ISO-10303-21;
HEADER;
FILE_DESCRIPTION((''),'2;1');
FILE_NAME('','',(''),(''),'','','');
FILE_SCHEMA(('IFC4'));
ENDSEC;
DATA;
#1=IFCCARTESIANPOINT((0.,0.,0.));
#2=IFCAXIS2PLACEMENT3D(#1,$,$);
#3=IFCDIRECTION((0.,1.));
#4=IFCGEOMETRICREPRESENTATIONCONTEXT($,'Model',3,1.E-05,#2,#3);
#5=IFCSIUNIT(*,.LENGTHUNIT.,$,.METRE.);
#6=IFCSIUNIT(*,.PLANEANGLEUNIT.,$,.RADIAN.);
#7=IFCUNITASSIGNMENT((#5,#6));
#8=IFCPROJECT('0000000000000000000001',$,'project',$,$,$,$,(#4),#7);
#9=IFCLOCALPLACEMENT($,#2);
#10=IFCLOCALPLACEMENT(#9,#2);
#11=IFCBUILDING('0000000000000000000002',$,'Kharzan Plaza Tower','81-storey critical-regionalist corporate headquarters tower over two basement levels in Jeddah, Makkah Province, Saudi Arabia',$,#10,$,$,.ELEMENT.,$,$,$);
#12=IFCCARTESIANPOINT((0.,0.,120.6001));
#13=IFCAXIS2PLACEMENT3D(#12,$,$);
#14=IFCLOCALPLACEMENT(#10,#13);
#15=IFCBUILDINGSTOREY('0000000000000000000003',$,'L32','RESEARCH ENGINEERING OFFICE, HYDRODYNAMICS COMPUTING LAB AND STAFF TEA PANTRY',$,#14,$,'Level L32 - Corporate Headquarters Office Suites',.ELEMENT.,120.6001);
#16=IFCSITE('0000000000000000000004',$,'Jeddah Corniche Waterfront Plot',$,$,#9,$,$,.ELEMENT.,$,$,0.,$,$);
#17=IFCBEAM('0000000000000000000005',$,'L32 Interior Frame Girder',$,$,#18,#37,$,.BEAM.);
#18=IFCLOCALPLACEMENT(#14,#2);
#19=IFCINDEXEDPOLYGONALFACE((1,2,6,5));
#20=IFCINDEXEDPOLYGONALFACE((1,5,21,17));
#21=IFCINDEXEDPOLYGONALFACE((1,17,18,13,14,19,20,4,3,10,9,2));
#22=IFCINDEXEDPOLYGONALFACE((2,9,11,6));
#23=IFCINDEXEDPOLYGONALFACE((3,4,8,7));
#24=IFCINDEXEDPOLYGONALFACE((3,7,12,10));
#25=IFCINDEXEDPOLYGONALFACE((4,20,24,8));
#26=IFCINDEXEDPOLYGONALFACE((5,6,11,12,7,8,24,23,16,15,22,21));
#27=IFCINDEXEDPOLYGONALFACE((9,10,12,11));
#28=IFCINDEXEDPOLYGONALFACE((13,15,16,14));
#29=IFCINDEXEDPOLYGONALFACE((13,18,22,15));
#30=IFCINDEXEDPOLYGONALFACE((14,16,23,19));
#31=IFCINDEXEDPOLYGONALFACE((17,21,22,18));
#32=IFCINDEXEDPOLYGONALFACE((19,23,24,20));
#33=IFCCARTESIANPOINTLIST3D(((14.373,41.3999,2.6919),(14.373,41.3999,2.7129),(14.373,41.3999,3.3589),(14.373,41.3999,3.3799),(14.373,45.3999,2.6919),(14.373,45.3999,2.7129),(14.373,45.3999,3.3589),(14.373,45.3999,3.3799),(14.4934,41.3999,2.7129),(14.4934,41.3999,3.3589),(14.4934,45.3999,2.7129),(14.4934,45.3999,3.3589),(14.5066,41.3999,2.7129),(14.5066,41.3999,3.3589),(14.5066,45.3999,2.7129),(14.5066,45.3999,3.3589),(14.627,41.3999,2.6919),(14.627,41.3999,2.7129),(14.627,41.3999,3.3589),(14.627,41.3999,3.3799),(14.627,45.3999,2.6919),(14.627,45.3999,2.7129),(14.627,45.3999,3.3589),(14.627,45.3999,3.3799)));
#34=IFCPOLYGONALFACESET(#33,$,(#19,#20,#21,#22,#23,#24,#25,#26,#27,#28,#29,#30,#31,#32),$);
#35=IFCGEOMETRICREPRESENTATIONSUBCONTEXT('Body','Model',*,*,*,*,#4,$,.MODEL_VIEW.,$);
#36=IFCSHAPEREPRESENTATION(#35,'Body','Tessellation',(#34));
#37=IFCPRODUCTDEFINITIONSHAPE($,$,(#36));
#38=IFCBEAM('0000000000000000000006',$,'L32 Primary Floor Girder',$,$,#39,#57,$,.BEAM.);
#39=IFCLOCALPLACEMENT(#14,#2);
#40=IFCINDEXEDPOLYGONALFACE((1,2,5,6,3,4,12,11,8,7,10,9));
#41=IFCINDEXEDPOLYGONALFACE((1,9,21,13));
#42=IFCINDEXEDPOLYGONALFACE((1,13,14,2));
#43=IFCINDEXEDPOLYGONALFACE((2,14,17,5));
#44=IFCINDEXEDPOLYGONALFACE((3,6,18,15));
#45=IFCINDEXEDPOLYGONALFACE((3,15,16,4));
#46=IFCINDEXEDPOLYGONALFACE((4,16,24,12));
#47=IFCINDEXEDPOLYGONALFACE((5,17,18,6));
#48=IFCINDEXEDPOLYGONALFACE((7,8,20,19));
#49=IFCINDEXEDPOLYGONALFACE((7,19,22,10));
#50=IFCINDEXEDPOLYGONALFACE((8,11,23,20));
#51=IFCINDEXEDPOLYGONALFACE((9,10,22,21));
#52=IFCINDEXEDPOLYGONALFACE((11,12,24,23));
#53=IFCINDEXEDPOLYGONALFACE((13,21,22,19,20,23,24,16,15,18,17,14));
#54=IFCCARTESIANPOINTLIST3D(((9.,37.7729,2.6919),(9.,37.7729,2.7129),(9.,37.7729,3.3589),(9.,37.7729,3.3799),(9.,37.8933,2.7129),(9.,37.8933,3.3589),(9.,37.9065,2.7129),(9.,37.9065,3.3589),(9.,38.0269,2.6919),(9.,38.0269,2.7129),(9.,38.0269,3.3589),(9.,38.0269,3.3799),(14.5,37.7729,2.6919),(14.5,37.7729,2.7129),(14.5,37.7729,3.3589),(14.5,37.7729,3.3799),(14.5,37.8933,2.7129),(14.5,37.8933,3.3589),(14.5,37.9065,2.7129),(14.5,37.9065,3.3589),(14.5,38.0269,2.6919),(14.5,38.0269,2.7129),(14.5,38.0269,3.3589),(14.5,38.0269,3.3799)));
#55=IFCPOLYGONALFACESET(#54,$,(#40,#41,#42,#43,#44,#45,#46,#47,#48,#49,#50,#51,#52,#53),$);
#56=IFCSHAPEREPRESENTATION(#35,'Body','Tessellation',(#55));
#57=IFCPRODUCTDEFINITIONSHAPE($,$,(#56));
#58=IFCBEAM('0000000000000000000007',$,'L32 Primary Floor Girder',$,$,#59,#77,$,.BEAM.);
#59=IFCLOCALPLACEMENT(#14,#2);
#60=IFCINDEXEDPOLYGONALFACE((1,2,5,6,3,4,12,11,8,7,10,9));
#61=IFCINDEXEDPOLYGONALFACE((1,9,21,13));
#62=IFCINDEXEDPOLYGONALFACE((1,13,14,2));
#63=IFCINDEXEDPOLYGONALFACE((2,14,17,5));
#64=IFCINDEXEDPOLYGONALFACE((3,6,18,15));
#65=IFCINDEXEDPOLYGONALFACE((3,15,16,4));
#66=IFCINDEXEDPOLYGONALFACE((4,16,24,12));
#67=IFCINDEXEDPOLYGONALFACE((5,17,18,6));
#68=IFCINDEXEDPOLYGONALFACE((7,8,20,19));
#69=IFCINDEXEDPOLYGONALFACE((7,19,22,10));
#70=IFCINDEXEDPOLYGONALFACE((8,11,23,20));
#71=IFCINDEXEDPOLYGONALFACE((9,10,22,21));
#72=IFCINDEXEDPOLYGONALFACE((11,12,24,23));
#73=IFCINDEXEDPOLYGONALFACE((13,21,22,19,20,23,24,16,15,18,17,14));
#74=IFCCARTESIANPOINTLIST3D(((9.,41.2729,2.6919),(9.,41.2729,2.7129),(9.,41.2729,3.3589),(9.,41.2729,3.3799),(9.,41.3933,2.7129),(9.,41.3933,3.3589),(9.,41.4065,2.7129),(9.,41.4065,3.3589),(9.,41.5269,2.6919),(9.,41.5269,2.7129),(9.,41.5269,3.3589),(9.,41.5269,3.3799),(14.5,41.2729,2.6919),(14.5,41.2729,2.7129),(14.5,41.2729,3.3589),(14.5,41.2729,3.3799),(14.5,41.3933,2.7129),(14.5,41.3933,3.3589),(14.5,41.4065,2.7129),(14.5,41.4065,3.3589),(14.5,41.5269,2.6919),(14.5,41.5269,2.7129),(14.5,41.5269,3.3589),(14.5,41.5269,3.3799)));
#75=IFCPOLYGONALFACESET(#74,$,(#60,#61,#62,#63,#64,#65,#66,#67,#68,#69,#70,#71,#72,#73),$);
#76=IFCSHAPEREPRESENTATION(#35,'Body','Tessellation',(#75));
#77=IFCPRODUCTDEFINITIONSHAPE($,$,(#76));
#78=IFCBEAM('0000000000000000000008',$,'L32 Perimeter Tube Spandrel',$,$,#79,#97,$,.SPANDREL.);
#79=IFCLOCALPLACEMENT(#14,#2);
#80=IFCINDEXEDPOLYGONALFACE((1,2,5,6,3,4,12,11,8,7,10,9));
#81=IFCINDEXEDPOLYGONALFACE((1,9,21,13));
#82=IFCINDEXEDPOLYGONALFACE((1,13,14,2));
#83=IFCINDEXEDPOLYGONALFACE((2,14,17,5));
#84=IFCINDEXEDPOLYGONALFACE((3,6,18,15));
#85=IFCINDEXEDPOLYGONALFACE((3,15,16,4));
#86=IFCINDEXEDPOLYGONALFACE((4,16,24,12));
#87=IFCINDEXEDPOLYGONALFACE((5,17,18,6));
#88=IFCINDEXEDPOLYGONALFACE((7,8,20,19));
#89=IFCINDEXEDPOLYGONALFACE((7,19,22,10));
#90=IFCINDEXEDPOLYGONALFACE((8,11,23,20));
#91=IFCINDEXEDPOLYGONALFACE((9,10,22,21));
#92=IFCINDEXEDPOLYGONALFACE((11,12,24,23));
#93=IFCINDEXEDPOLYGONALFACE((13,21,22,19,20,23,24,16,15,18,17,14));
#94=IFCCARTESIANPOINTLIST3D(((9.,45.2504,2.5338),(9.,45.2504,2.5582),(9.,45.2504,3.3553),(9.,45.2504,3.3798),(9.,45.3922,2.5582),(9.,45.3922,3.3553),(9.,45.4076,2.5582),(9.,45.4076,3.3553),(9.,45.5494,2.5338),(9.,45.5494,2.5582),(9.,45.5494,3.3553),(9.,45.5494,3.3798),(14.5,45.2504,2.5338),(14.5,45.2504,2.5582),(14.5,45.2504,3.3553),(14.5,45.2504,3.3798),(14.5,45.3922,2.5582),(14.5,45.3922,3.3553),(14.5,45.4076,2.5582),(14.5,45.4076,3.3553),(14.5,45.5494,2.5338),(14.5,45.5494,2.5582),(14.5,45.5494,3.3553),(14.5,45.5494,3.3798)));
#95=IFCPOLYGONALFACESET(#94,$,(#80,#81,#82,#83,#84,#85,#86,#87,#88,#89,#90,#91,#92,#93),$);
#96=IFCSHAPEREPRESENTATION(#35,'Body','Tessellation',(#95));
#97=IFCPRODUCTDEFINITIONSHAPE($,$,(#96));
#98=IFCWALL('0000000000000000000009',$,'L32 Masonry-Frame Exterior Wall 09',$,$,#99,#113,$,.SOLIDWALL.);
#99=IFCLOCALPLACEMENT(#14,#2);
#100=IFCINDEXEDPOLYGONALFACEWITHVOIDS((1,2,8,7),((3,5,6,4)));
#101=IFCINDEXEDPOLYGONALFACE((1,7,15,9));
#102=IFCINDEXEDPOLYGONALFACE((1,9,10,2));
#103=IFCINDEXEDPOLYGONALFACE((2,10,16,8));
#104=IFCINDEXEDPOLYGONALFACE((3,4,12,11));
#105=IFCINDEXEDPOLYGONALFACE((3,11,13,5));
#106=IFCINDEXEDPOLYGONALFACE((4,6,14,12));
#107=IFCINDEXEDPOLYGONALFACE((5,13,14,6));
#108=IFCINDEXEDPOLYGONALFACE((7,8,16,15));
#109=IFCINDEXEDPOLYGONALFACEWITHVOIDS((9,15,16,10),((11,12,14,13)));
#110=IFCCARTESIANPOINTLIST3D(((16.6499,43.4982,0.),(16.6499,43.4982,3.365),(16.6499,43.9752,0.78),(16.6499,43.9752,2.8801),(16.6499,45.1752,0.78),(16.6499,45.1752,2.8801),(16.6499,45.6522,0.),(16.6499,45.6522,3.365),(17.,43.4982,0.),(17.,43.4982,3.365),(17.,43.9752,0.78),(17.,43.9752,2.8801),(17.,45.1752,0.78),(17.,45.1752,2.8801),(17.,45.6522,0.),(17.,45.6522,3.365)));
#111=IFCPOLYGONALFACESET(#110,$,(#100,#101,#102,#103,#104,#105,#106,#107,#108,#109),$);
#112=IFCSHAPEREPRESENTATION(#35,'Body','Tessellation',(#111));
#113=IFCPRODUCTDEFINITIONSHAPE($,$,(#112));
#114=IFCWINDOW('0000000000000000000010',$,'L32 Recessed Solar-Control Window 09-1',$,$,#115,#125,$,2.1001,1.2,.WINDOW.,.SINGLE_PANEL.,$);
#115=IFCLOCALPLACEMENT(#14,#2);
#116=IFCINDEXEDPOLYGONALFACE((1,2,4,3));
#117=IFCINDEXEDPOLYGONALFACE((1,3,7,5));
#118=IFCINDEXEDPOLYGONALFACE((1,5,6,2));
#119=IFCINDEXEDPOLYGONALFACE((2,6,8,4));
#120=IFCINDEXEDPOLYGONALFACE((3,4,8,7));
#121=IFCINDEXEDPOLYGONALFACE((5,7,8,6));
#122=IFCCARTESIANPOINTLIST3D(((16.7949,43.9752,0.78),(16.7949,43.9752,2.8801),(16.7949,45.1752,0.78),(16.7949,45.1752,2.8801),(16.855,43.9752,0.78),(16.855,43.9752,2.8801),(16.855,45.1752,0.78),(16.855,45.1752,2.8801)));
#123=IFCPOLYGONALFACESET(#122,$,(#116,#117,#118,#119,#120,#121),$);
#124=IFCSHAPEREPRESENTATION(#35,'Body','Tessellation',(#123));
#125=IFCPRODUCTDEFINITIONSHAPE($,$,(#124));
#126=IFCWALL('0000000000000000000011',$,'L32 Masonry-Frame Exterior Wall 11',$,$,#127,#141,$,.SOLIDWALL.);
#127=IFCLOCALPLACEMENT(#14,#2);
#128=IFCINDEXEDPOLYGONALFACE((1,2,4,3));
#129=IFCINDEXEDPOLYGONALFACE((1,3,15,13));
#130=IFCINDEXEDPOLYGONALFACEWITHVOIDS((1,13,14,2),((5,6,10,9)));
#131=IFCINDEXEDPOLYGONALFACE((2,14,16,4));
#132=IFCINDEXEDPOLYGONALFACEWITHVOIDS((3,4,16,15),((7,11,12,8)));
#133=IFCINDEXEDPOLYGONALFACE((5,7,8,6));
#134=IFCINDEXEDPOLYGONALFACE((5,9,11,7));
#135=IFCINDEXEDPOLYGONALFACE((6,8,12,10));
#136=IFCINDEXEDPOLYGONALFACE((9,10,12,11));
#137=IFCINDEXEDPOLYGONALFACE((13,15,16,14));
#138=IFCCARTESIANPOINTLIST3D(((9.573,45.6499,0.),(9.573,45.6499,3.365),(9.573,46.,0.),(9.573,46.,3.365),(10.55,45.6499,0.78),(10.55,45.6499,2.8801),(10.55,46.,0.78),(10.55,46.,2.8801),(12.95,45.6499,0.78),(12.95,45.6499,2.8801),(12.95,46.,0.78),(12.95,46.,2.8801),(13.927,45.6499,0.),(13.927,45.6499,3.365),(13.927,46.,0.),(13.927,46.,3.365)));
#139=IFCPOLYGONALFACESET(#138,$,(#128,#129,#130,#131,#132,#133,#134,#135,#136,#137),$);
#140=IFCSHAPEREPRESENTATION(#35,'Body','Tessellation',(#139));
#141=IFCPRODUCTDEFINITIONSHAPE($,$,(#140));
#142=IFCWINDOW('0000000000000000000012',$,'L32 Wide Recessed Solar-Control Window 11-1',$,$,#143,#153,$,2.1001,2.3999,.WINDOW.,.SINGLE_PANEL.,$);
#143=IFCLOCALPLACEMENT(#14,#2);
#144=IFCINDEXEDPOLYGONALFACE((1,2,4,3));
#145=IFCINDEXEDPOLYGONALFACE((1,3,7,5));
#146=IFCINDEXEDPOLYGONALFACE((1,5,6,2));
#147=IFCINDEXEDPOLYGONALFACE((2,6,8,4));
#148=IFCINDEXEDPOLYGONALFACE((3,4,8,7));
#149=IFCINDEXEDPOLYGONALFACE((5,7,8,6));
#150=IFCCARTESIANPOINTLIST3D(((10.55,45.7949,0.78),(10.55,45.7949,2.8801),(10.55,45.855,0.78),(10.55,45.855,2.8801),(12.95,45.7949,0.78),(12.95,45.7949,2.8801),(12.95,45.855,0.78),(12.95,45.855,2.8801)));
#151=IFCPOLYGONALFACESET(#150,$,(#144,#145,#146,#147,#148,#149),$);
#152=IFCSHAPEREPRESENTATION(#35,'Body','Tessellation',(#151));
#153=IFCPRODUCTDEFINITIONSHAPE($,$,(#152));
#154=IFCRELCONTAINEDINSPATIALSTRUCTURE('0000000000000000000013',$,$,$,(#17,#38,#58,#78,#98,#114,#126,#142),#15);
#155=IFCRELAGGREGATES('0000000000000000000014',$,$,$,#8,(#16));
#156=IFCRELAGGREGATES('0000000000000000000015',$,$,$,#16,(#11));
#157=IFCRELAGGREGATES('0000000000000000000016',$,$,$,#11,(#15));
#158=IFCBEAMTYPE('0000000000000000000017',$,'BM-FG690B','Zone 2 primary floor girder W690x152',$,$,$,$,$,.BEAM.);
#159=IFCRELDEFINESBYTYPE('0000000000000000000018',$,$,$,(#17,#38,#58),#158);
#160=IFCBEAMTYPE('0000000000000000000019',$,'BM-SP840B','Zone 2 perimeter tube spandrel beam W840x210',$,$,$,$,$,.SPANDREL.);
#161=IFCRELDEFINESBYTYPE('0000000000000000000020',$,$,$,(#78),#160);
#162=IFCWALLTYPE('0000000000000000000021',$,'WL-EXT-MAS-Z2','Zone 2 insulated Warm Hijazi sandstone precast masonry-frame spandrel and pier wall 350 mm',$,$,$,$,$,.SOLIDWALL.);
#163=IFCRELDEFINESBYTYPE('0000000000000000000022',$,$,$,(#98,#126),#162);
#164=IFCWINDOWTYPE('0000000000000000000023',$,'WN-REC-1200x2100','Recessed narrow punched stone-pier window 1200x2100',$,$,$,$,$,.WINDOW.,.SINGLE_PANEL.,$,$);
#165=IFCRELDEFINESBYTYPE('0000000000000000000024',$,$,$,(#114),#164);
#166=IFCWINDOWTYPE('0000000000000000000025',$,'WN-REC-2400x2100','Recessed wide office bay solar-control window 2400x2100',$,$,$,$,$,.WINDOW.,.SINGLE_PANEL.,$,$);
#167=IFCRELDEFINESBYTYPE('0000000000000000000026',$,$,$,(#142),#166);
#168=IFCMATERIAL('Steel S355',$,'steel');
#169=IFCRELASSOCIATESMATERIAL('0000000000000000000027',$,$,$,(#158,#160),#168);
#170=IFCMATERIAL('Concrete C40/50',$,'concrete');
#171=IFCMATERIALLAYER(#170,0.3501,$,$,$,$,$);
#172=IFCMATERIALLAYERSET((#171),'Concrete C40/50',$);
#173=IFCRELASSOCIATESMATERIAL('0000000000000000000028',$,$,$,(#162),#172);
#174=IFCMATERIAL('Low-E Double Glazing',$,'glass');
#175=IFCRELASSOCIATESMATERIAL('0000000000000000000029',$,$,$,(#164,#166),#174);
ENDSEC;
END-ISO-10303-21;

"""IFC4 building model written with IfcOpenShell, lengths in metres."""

from ifc_helpers import new_model, si_unit, direction, frame, frame_2d, origin, origin_2d, place, context, subcontext, project, spatial, rectangle, i_section, extrude, source, transform, mapped, material, layer, layer_set, material_profile, profile_set, type_object, element, fill, save


model = new_model("IFC4")

# Units and contexts
model_context = context("Model", 3, precision=1e-05, world=origin(), true_north=direction((0.0, 1.0)))
body_context = subcontext(model_context, "Body", "Model", "MODEL_VIEW")
ifc_project = project(units=[si_unit("LENGTHUNIT", "METRE"), si_unit("PLANEANGLEUNIT", "RADIAN")], contexts=[model_context])

# Site, building, storey
site_placement = place(None, origin())
site = spatial("IfcSite", under=ifc_project, at=site_placement, Name="Jeddah Corniche Waterfront Plot", CompositionType="ELEMENT", RefElevation=0.0)
building_placement = place(site_placement, origin())
building = spatial("IfcBuilding", under=site, at=building_placement, Name="Kharzan Plaza Tower", Description="81-storey critical-regionalist corporate headquarters tower over two basement levels in Jeddah, Makkah Province, Saudi Arabia", CompositionType="ELEMENT")
storey_placement = place(building_placement, frame((0.0, 0.0, 120.6001)))
storey = spatial("IfcBuildingStorey", under=building, at=storey_placement, Name="L32", Description="RESEARCH ENGINEERING OFFICE, HYDRODYNAMICS COMPUTING LAB AND STAFF TEA PANTRY", LongName="Level L32 - Corporate Headquarters Office Suites", CompositionType="ELEMENT", Elevation=120.6001)

# Beams
ifc_material_1 = material(Name="Steel S355", Category="steel")
ifc_material_profile_1 = material_profile(ifc_material_1, i_section(OverallWidth=0.2539, OverallDepth=0.688, WebThickness=0.0132, FlangeThickness=0.021, at=origin_2d()), Name="W690x152")
ifc_profile_set_1 = profile_set([ifc_material_profile_1], Name="Steel S355")
beam_type_1 = type_object("IfcBeamType", Name="BM-FG690B", Description="Zone 2 primary floor girder W690x152", PredefinedType="BEAM", material=ifc_profile_set_1)
shared_shape_1 = source(origin(), body_context, "Body", "SweptSolid", [
    extrude(i_section(OverallWidth=0.2539, OverallDepth=0.688, WebThickness=0.0132, FlangeThickness=0.021, at=origin_2d()), origin(), (0.0, 0.0, 1.0), 4.0),
])
for number, where, z_axis, x_axis, name in (
    (1, (14.5, 41.3999, 3.0359), (0.0, 1.0, 0.0), (-1.0, 0.0, 0.0), "L32 Interior Frame Girder"),
):
    element("IfcBeam", number, at=place(storey_placement, frame(where, z_axis=z_axis, x_axis=x_axis)), inside=storey, type_object=beam_type_1, Name=name, PredefinedType="BEAM", context=body_context, shape_type="MappedRepresentation", body=[
        mapped(shared_shape_1, transform((0.0, 0.0, 0.0), x_axis=(1.0, 0.0, 0.0), y_axis=(0.0, 1.0, 0.0), z_axis=(0.0, 0.0, 1.0))),
    ])
shared_shape_2 = source(origin(), body_context, "Body", "SweptSolid", [
    extrude(i_section(OverallWidth=0.2539, OverallDepth=0.688, WebThickness=0.0132, FlangeThickness=0.021, at=origin_2d()), origin(), (0.0, 0.0, 1.0), 5.5),
])
for number, where, z_axis, x_axis, name in (
    (2, (9.0, 37.8999, 3.0359), (1.0, 0.0, 0.0), (0.0, 1.0, 0.0), "L32 Primary Floor Girder"),
    (3, (9.0, 41.3999, 3.0359), (1.0, 0.0, 0.0), (0.0, 1.0, 0.0), "L32 Primary Floor Girder"),
):
    element("IfcBeam", number, at=place(storey_placement, frame(where, z_axis=z_axis, x_axis=x_axis)), inside=storey, type_object=beam_type_1, Name=name, PredefinedType="BEAM", context=body_context, shape_type="MappedRepresentation", body=[
        mapped(shared_shape_2, transform((0.0, 0.0, 0.0), x_axis=(1.0, 0.0, 0.0), y_axis=(0.0, 1.0, 0.0), z_axis=(0.0, 0.0, 1.0))),
    ])
ifc_material_profile_2 = material_profile(ifc_material_1, i_section(OverallWidth=0.2991, OverallDepth=0.8459, WebThickness=0.0154, FlangeThickness=0.0244, at=origin_2d()), Name="W840x210")
ifc_profile_set_2 = profile_set([ifc_material_profile_2], Name="Steel S355")
beam_type_2 = type_object("IfcBeamType", Name="BM-SP840B", Description="Zone 2 perimeter tube spandrel beam W840x210", PredefinedType="SPANDREL", material=ifc_profile_set_2)
shared_shape_3 = source(origin(), body_context, "Body", "SweptSolid", [
    extrude(i_section(OverallWidth=0.2991, OverallDepth=0.8459, WebThickness=0.0154, FlangeThickness=0.0244, at=origin_2d()), origin(), (0.0, 0.0, 1.0), 5.5),
])
beam_placement = place(storey_placement, frame((9.0, 45.3999, 2.9568), z_axis=(1.0, 0.0, 0.0), x_axis=(0.0, 1.0, 0.0)))
element("IfcBeam", 4, at=beam_placement, inside=storey, type_object=beam_type_2, Name="L32 Perimeter Tube Spandrel", PredefinedType="SPANDREL", context=body_context, shape_type="MappedRepresentation", body=[
    mapped(shared_shape_3, transform((0.0, 0.0, 0.0), x_axis=(1.0, 0.0, 0.0), y_axis=(0.0, 1.0, 0.0), z_axis=(0.0, 0.0, 1.0))),
])

# Walls, openings, windows
ifc_material_2 = material(Name="Concrete C40/50", Category="concrete")
ifc_layer_1 = layer(ifc_material_2, 0.3501)
ifc_layer_set_1 = layer_set([ifc_layer_1], Name="Concrete C40/50")
wall_type_1 = type_object("IfcWallType", Name="WL-EXT-MAS-Z2", Description="Zone 2 insulated Warm Hijazi sandstone precast masonry-frame spandrel and pier wall 350 mm", PredefinedType="SOLIDWALL", material=ifc_layer_set_1)
wall_1_placement = place(storey_placement, frame((16.825, 43.498, 0.0), z_axis=(0.0, 0.0, 1.0), x_axis=(0.0, 1.0, 0.0)))
wall_1 = element("IfcWall", 5, at=wall_1_placement, inside=storey, type_object=wall_type_1, Name="L32 Masonry-Frame Exterior Wall 09", PredefinedType="SOLIDWALL", context=body_context, shape_type="SweptSolid", body=[
    extrude(rectangle(XDim=2.1541, YDim=0.3501, at=frame_2d((1.0771, 0.0))), origin(), (0.0, 0.0, 1.0), 3.365),
])
opening_1_placement = place(wall_1_placement, frame((0.4771, 0.0, 0.78)))
opening_1 = element("IfcOpeningElement", 6, at=opening_1_placement, cuts=wall_1, PredefinedType="OPENING", context=body_context, shape_type="SweptSolid", body=[
    extrude(rectangle(XDim=1.2, YDim=2.1001, at=frame_2d((0.6001, 1.05))), frame((0.0, 0.1851, 0.0), z_axis=(0.0, -1.0, 0.0), x_axis=(1.0, 0.0, 0.0)), (0.0, 0.0, 1.0), 0.3701),
])
ifc_material_3 = material(Name="Low-E Double Glazing", Category="glass")
window_type_1 = type_object("IfcWindowType", Name="WN-REC-1200x2100", Description="Recessed narrow punched stone-pier window 1200x2100", PartitioningType="SINGLE_PANEL", PredefinedType="WINDOW", material=ifc_material_3)
shared_shape_4 = source(origin(), body_context, "Body", "SweptSolid", [
    extrude(rectangle(XDim=1.2, YDim=2.1001, at=frame_2d((0.6001, 1.05))), frame((0.0, 0.03, 0.0), z_axis=(0.0, -1.0, 0.0), x_axis=(1.0, 0.0, 0.0)), (0.0, 0.0, 1.0), 0.0601),
])
window_1_placement = place(opening_1_placement, origin())
window_1 = element("IfcWindow", 7, at=window_1_placement, inside=storey, type_object=window_type_1, Name="L32 Recessed Solar-Control Window 09-1", OverallHeight=2.1001, OverallWidth=1.2, PartitioningType="SINGLE_PANEL", PredefinedType="WINDOW", context=body_context, shape_type="MappedRepresentation", body=[
    mapped(shared_shape_4, transform((0.0, 0.0, 0.0), x_axis=(1.0, 0.0, 0.0), y_axis=(0.0, 1.0, 0.0), z_axis=(0.0, 0.0, 1.0))),
])
fill(opening_1, window_1)
wall_2_placement = place(storey_placement, frame((13.927, 45.825, 0.0), z_axis=(0.0, 0.0, 1.0), x_axis=(-1.0, 0.0, 0.0)))
wall_2 = element("IfcWall", 8, at=wall_2_placement, inside=storey, type_object=wall_type_1, Name="L32 Masonry-Frame Exterior Wall 11", PredefinedType="SOLIDWALL", context=body_context, shape_type="SweptSolid", body=[
    extrude(rectangle(XDim=4.354, YDim=0.3501, at=frame_2d((2.177, 0.0))), origin(), (0.0, 0.0, 1.0), 3.365),
])
opening_2_placement = place(wall_2_placement, frame((0.9771, 0.0, 0.78)))
opening_2 = element("IfcOpeningElement", 9, at=opening_2_placement, cuts=wall_2, PredefinedType="OPENING", context=body_context, shape_type="SweptSolid", body=[
    extrude(rectangle(XDim=2.3999, YDim=2.1001, at=frame_2d((1.2, 1.05))), frame((0.0, 0.1851, 0.0), z_axis=(0.0, -1.0, 0.0), x_axis=(1.0, 0.0, 0.0)), (0.0, 0.0, 1.0), 0.3701),
])
window_type_2 = type_object("IfcWindowType", Name="WN-REC-2400x2100", Description="Recessed wide office bay solar-control window 2400x2100", PartitioningType="SINGLE_PANEL", PredefinedType="WINDOW", material=ifc_material_3)
shared_shape_5 = source(origin(), body_context, "Body", "SweptSolid", [
    extrude(rectangle(XDim=2.3999, YDim=2.1001, at=frame_2d((1.2, 1.05))), frame((0.0, 0.03, 0.0), z_axis=(0.0, -1.0, 0.0), x_axis=(1.0, 0.0, 0.0)), (0.0, 0.0, 1.0), 0.0601),
])
window_2_placement = place(opening_2_placement, origin())
window_2 = element("IfcWindow", 10, at=window_2_placement, inside=storey, type_object=window_type_2, Name="L32 Wide Recessed Solar-Control Window 11-1", OverallHeight=2.1001, OverallWidth=2.3999, PartitioningType="SINGLE_PANEL", PredefinedType="WINDOW", context=body_context, shape_type="MappedRepresentation", body=[
    mapped(shared_shape_5, transform((0.0, 0.0, 0.0), x_axis=(1.0, 0.0, 0.0), y_axis=(0.0, 1.0, 0.0), z_axis=(0.0, 0.0, 1.0))),
])
fill(opening_2, window_2)

save(model, "model.ifc")
